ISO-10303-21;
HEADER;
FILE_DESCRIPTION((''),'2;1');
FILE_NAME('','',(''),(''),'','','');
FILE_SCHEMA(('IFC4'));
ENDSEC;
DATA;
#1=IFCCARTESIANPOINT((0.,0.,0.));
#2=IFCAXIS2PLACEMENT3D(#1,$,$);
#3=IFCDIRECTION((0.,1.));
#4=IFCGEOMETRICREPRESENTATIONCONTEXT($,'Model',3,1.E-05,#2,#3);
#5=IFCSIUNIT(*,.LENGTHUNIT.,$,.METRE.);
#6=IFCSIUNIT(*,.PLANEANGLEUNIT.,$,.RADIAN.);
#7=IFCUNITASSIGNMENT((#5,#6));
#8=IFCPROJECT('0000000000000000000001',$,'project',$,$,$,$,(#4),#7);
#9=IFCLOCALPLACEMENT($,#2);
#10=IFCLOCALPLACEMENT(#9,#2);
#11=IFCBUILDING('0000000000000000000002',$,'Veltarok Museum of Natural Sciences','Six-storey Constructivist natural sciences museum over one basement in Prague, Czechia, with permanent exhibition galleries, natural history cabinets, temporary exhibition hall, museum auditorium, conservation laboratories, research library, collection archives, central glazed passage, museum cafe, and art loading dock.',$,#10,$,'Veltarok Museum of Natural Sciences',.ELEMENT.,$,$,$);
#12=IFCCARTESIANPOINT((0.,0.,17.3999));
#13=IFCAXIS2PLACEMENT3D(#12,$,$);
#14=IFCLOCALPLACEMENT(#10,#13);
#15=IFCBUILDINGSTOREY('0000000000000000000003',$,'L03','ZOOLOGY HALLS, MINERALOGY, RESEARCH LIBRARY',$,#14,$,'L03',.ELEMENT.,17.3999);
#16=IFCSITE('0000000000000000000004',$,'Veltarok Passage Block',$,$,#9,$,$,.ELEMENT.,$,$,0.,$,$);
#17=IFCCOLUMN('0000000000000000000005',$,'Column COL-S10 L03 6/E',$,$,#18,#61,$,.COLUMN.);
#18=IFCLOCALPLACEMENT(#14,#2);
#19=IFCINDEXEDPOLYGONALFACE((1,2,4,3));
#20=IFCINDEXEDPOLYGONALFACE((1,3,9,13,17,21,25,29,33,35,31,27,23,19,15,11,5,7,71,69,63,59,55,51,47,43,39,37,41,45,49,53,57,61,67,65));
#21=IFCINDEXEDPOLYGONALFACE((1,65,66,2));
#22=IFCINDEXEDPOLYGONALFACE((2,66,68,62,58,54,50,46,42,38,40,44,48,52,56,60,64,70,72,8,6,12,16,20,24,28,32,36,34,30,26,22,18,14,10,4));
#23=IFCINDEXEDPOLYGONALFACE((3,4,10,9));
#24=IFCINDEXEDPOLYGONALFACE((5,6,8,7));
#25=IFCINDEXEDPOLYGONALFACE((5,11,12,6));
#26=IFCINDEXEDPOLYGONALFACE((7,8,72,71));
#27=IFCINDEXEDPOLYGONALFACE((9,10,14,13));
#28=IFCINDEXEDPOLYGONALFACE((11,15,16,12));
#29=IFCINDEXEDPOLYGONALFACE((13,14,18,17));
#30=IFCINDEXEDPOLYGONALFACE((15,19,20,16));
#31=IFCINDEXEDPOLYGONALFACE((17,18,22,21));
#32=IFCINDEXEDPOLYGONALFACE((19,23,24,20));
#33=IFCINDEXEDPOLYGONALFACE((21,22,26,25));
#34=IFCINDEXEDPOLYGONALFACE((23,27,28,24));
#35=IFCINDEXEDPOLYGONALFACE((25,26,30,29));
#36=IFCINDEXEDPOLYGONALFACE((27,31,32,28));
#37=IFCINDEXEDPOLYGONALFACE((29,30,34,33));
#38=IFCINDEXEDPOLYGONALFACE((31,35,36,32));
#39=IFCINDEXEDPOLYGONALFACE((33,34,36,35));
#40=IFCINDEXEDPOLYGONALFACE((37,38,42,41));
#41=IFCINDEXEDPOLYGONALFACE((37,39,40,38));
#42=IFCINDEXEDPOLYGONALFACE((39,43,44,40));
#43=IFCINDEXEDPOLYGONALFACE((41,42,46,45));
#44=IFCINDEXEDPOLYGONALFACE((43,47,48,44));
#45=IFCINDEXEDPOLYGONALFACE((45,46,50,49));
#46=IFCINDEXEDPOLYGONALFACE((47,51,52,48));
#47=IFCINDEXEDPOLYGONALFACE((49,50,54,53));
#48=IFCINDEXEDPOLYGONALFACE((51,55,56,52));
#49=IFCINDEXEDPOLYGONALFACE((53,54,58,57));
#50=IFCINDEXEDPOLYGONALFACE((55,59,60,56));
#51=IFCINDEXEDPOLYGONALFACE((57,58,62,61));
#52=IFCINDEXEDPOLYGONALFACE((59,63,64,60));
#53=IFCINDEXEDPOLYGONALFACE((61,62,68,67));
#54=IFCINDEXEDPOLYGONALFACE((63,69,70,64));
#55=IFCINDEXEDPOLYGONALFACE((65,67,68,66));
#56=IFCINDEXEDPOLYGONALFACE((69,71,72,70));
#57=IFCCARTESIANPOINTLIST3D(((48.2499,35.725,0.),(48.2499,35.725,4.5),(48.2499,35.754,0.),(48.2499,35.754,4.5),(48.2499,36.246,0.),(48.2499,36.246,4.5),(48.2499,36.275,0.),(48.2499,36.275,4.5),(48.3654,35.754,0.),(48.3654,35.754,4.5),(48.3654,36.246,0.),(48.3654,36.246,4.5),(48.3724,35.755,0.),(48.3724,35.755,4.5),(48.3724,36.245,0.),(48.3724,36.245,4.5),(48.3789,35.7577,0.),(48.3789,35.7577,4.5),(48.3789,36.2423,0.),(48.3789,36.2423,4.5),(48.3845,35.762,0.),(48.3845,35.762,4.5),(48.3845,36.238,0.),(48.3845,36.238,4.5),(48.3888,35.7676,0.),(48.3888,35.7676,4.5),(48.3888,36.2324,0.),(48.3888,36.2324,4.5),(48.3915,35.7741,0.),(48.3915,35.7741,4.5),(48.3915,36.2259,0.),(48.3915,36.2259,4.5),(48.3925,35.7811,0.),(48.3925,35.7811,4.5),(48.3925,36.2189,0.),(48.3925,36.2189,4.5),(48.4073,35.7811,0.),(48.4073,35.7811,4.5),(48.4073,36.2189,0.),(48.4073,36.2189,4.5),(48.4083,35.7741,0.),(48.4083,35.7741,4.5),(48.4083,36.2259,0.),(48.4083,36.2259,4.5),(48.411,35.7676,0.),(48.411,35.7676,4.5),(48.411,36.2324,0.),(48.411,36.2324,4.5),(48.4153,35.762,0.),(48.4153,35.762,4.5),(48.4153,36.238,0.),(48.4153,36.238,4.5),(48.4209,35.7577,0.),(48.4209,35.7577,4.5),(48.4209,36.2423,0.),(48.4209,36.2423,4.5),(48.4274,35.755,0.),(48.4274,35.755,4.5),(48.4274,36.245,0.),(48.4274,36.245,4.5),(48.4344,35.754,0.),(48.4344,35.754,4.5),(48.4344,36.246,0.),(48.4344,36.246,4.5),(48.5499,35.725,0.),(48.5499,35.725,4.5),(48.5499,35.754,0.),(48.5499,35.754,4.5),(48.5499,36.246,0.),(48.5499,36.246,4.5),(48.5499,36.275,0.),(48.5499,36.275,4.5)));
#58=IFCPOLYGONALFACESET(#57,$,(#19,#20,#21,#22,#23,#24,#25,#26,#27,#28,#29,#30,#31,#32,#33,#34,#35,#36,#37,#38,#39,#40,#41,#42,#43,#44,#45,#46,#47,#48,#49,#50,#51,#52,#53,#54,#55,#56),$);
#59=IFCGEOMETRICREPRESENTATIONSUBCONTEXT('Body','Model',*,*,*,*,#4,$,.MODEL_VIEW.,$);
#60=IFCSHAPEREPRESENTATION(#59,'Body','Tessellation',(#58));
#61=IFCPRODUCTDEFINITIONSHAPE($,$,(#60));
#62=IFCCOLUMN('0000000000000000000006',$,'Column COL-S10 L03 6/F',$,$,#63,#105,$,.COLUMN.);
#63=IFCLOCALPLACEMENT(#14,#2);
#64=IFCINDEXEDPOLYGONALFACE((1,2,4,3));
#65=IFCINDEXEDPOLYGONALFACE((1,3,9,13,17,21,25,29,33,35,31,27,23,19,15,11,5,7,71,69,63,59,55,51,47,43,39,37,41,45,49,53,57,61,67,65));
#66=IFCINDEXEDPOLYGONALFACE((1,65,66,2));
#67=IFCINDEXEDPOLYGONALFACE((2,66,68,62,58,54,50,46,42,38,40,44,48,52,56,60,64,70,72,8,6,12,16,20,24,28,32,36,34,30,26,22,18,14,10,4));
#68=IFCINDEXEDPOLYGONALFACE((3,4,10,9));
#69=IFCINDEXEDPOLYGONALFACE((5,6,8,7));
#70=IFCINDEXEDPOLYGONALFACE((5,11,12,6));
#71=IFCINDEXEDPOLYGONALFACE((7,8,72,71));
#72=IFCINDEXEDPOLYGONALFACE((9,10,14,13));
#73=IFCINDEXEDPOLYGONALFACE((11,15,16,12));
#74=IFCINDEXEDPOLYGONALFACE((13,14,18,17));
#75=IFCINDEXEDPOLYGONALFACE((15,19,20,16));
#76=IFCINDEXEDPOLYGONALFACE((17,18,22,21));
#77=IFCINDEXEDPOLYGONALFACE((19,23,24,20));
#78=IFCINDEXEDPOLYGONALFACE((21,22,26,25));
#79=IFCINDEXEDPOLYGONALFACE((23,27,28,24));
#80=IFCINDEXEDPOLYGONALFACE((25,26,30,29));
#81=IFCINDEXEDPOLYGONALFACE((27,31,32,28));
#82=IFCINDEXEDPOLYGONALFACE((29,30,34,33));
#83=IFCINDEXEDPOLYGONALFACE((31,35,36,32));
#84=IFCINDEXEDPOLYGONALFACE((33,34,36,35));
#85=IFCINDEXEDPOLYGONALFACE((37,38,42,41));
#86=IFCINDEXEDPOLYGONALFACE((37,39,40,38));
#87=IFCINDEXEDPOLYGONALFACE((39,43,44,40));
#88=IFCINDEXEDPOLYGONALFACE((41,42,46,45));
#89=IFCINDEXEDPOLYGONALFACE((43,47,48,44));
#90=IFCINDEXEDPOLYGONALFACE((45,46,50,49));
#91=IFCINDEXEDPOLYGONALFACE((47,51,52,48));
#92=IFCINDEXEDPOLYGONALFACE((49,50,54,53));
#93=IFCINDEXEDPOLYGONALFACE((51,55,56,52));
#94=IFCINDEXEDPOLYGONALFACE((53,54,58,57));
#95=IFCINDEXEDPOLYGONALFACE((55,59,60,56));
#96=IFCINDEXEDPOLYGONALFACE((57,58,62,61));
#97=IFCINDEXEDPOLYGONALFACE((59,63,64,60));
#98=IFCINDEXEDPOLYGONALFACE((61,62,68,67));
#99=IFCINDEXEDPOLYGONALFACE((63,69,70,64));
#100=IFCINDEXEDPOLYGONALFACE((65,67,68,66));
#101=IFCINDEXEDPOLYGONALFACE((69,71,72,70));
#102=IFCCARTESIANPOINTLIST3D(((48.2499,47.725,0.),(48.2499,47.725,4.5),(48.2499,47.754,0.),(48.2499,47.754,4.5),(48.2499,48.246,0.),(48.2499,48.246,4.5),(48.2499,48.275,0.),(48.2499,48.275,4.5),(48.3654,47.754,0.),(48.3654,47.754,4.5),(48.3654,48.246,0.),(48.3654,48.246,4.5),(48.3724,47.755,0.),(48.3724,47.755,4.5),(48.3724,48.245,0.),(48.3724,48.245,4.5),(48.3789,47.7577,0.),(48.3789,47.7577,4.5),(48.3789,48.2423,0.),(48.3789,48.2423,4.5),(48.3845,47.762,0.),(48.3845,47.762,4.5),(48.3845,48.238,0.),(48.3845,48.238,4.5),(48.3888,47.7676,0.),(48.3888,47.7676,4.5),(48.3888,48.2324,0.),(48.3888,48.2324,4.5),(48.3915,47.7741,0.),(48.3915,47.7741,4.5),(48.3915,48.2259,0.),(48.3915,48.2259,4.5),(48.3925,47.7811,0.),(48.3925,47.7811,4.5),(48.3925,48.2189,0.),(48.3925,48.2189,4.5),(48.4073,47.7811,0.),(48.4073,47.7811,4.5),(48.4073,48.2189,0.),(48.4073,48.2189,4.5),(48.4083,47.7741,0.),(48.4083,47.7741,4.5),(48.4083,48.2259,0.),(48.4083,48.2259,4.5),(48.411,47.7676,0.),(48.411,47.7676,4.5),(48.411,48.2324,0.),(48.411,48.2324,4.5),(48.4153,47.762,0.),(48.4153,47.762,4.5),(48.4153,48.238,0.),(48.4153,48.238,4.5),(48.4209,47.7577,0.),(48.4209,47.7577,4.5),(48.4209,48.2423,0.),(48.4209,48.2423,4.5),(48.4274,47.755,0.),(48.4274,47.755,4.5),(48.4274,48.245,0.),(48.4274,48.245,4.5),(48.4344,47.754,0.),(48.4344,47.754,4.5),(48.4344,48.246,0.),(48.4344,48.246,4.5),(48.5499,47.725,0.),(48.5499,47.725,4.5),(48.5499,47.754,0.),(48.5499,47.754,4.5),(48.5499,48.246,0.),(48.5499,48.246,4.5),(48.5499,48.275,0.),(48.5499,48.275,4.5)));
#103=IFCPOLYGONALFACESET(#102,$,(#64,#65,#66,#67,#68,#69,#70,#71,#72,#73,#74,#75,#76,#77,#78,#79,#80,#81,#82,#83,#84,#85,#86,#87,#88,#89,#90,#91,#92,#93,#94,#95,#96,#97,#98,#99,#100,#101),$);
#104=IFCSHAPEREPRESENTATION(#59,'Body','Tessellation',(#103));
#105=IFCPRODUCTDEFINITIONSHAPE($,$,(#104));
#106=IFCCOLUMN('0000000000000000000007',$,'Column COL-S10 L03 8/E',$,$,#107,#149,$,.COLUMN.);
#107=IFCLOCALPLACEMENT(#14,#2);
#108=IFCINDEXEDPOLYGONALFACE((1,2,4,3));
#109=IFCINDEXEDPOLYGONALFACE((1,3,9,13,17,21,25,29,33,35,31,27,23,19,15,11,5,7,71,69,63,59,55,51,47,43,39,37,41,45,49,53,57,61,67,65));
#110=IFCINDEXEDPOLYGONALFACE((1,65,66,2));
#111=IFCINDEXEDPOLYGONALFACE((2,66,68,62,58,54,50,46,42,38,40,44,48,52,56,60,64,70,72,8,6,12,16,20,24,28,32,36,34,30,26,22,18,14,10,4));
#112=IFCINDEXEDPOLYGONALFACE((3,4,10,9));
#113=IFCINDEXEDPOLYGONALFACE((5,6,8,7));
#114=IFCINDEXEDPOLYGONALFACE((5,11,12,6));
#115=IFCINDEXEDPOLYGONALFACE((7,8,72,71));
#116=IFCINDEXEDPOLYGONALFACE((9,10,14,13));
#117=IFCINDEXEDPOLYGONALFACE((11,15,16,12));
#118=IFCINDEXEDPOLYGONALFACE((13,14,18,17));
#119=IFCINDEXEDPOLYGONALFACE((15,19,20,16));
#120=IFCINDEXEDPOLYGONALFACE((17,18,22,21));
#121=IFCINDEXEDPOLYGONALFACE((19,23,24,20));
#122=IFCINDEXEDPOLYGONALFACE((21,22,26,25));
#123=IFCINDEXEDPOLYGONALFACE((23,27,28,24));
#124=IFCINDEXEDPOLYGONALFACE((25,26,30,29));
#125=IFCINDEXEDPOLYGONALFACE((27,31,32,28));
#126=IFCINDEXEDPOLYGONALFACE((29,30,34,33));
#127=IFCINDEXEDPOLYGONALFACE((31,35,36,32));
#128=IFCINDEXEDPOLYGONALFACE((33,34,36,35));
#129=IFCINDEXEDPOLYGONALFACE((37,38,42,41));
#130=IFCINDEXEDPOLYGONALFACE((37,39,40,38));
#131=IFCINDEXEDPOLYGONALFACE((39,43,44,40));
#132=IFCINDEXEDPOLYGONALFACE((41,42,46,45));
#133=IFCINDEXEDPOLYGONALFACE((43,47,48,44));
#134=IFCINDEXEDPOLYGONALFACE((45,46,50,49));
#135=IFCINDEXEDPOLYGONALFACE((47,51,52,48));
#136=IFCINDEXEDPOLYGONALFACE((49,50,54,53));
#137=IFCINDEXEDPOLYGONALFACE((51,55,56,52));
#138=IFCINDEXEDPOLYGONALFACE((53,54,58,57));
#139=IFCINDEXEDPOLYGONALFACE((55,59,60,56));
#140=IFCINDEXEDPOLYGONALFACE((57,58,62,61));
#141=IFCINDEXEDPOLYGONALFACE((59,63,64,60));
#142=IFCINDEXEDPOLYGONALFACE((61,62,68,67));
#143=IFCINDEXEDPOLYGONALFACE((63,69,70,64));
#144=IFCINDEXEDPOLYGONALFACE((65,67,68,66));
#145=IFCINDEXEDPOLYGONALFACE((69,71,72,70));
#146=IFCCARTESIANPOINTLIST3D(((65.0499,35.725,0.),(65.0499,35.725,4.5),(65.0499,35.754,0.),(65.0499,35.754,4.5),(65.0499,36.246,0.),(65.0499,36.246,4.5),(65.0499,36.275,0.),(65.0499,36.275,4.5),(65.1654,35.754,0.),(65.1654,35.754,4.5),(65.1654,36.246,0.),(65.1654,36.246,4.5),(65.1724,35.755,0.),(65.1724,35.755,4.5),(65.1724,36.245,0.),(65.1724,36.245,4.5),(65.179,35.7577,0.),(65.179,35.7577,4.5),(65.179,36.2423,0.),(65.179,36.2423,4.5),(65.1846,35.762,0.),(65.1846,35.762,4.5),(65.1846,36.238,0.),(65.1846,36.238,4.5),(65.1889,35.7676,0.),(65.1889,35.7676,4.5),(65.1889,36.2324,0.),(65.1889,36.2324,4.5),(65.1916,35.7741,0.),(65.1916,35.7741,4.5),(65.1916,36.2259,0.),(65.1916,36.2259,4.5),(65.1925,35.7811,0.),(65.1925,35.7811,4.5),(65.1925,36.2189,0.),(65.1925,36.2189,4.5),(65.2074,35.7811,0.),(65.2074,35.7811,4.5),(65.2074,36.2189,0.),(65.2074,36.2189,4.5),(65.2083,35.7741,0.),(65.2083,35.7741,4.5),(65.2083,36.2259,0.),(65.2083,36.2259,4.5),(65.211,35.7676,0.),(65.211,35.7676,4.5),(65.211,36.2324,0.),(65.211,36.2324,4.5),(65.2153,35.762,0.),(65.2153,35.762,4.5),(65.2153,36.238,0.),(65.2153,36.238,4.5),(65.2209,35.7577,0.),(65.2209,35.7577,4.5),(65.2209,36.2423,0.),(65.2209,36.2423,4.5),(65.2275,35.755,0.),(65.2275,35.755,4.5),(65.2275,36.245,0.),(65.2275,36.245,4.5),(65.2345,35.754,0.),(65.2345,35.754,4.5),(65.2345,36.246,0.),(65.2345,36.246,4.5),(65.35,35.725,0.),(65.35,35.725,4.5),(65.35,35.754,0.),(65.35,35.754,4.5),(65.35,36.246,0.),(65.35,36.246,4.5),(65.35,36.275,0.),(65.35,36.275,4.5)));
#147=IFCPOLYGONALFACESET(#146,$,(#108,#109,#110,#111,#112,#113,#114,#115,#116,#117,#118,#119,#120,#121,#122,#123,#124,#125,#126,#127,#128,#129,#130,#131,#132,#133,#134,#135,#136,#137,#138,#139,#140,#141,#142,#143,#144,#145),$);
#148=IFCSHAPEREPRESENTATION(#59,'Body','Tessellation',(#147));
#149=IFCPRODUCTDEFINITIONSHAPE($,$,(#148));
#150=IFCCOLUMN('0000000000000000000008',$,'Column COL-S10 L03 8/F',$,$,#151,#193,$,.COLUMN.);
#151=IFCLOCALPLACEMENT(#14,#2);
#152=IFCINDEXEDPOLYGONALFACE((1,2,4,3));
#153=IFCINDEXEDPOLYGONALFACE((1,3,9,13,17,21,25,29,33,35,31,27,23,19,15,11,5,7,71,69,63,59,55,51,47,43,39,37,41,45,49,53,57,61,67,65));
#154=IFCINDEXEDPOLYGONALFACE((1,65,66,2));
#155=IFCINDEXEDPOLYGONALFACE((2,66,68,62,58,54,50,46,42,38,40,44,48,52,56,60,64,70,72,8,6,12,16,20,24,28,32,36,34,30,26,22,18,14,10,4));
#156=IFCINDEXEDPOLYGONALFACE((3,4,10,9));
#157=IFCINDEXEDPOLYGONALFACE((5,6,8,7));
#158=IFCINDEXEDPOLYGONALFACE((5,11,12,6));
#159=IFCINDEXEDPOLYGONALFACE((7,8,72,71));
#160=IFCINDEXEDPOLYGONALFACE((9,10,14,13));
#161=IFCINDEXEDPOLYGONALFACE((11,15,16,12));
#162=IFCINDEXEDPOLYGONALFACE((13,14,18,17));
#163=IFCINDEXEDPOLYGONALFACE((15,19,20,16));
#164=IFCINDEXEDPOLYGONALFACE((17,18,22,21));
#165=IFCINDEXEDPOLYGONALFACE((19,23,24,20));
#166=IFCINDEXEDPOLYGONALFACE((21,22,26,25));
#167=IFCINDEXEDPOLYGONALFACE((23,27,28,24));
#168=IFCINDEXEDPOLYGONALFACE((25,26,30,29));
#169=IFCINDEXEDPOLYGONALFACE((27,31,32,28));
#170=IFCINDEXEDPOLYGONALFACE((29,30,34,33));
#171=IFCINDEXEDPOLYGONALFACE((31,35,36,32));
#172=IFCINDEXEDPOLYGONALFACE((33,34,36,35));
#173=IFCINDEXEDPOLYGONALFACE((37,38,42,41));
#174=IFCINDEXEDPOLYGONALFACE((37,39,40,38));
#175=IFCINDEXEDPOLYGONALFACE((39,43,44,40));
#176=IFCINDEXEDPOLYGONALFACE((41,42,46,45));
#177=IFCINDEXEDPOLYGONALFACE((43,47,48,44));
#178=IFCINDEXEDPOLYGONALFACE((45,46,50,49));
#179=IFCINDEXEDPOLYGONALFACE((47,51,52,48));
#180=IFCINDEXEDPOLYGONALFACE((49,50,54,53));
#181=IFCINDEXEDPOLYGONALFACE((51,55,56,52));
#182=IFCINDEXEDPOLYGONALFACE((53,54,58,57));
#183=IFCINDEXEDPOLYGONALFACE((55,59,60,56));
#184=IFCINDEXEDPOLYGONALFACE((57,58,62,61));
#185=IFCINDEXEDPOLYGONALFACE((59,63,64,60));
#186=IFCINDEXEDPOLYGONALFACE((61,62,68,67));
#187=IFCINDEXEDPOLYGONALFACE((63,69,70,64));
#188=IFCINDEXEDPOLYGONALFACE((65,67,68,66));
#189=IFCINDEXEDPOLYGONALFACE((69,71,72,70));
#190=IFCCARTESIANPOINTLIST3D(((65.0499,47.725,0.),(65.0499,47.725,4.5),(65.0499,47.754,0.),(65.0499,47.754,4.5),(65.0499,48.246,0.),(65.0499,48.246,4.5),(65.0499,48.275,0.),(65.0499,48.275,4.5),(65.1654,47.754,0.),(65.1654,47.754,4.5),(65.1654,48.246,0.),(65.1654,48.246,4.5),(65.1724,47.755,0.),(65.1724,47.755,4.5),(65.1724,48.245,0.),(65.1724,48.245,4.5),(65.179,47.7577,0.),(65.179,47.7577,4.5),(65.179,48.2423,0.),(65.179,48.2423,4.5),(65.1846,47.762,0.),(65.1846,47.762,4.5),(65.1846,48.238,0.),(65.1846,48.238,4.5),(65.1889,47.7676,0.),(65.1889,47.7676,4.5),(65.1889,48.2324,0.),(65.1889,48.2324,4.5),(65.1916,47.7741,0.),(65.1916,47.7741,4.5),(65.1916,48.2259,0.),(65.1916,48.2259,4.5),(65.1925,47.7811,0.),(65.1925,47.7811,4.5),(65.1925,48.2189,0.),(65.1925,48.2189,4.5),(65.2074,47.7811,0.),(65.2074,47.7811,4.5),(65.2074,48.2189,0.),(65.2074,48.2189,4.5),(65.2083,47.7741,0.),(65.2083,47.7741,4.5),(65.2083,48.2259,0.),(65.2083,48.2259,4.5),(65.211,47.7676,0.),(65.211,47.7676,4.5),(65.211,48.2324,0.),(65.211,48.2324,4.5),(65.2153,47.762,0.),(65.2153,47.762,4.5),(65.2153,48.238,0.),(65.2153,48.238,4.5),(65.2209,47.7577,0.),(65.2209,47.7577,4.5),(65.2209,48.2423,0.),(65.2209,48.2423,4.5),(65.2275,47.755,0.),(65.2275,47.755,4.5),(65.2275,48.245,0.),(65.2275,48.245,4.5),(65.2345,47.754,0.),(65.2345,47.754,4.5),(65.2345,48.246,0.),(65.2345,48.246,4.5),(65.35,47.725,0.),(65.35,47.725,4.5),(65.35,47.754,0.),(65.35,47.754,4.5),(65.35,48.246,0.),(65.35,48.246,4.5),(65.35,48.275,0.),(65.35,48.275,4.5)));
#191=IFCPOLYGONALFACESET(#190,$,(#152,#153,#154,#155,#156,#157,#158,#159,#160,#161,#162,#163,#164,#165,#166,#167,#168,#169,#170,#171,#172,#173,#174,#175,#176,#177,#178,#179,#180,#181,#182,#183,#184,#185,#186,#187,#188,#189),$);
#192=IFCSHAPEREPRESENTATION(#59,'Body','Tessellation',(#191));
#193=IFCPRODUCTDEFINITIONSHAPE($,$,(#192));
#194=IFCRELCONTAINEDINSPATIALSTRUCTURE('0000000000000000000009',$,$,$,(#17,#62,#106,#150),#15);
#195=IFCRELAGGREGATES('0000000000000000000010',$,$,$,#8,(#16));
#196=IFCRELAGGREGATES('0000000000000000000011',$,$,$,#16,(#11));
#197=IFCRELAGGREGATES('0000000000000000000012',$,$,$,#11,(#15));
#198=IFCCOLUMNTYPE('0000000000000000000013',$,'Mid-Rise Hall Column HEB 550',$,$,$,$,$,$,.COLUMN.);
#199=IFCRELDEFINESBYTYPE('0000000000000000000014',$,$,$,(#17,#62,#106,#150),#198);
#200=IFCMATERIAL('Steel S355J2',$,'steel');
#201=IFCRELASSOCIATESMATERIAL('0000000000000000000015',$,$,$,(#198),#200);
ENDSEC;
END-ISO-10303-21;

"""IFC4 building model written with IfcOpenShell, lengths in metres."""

from ifc_helpers import new_model, si_unit, direction, frame, origin, origin_2d, place, context, subcontext, project, spatial, i_section, extrude, material, material_profile, profile_set, type_object, element, save


model = new_model("IFC4")

# Units and contexts
model_context = context("Model", 3, precision=1e-05, world=origin(), true_north=direction((0.0, 1.0)))
body_context = subcontext(model_context, "Body", "Model", "MODEL_VIEW")
ifc_project = project(units=[si_unit("LENGTHUNIT", "METRE"), si_unit("PLANEANGLEUNIT", "RADIAN")], contexts=[model_context])

# Site, building, storey
site_placement = place(None, origin())
site = spatial("IfcSite", under=ifc_project, at=site_placement, Name="Veltarok Passage Block", CompositionType="ELEMENT", RefElevation=0.0)
building_placement = place(site_placement, origin())
building = spatial("IfcBuilding", under=site, at=building_placement, Name="Veltarok Museum of Natural Sciences", Description="Six-storey Constructivist natural sciences museum over one basement in Prague, Czechia, with permanent exhibition galleries, natural history cabinets, temporary exhibition hall, museum auditorium, conservation laboratories, research library, collection archives, central glazed passage, museum cafe, and art loading dock.", LongName="Veltarok Museum of Natural Sciences", CompositionType="ELEMENT")
storey_placement = place(building_placement, frame((0.0, 0.0, 17.3999)))
storey = spatial("IfcBuildingStorey", under=building, at=storey_placement, Name="L03", Description="ZOOLOGY HALLS, MINERALOGY, RESEARCH LIBRARY", LongName="L03", CompositionType="ELEMENT", Elevation=17.3999)

# Columns
ifc_material = material(Name="Steel S355J2", Category="steel")
ifc_material_profile_1 = material_profile(ifc_material, i_section(OverallWidth=0.3, OverallDepth=0.55, WebThickness=0.0149, FlangeThickness=0.0291, FilletRadius=0.0271, at=origin_2d()), Name="HEB 550")
ifc_profile_set_1 = profile_set([ifc_material_profile_1], Name="Steel S355J2")
column_type_1 = type_object("IfcColumnType", Name="Mid-Rise Hall Column HEB 550", PredefinedType="COLUMN", material=ifc_profile_set_1)
for number, where, z_axis, x_axis, name in (
    (1, (48.3999, 36.0, 0.0), (0.0, 0.0, 1.0), (1.0, 0.0, 0.0), "Column COL-S10 L03 6/E"),
    (2, (48.3999, 48.0, 0.0), (0.0, 0.0, 1.0), (1.0, 0.0, 0.0), "Column COL-S10 L03 6/F"),
    (3, (65.2, 36.0, 0.0), (0.0, 0.0, 1.0), (1.0, 0.0, 0.0), "Column COL-S10 L03 8/E"),
    (4, (65.2, 48.0, 0.0), (0.0, 0.0, 1.0), (1.0, 0.0, 0.0), "Column COL-S10 L03 8/F"),
):
    element("IfcColumn", number, at=place(storey_placement, frame(where, z_axis=z_axis, x_axis=x_axis)), inside=storey, type_object=column_type_1, Name=name, PredefinedType="COLUMN", context=body_context, shape_type="SweptSolid", body=[
        extrude(i_section(OverallWidth=0.3, OverallDepth=0.55, WebThickness=0.0149, FlangeThickness=0.0291, FilletRadius=0.0271, at=origin_2d()), origin(), (0.0, 0.0, 1.0), 4.5),
    ])

save(model, "model.ifc")
